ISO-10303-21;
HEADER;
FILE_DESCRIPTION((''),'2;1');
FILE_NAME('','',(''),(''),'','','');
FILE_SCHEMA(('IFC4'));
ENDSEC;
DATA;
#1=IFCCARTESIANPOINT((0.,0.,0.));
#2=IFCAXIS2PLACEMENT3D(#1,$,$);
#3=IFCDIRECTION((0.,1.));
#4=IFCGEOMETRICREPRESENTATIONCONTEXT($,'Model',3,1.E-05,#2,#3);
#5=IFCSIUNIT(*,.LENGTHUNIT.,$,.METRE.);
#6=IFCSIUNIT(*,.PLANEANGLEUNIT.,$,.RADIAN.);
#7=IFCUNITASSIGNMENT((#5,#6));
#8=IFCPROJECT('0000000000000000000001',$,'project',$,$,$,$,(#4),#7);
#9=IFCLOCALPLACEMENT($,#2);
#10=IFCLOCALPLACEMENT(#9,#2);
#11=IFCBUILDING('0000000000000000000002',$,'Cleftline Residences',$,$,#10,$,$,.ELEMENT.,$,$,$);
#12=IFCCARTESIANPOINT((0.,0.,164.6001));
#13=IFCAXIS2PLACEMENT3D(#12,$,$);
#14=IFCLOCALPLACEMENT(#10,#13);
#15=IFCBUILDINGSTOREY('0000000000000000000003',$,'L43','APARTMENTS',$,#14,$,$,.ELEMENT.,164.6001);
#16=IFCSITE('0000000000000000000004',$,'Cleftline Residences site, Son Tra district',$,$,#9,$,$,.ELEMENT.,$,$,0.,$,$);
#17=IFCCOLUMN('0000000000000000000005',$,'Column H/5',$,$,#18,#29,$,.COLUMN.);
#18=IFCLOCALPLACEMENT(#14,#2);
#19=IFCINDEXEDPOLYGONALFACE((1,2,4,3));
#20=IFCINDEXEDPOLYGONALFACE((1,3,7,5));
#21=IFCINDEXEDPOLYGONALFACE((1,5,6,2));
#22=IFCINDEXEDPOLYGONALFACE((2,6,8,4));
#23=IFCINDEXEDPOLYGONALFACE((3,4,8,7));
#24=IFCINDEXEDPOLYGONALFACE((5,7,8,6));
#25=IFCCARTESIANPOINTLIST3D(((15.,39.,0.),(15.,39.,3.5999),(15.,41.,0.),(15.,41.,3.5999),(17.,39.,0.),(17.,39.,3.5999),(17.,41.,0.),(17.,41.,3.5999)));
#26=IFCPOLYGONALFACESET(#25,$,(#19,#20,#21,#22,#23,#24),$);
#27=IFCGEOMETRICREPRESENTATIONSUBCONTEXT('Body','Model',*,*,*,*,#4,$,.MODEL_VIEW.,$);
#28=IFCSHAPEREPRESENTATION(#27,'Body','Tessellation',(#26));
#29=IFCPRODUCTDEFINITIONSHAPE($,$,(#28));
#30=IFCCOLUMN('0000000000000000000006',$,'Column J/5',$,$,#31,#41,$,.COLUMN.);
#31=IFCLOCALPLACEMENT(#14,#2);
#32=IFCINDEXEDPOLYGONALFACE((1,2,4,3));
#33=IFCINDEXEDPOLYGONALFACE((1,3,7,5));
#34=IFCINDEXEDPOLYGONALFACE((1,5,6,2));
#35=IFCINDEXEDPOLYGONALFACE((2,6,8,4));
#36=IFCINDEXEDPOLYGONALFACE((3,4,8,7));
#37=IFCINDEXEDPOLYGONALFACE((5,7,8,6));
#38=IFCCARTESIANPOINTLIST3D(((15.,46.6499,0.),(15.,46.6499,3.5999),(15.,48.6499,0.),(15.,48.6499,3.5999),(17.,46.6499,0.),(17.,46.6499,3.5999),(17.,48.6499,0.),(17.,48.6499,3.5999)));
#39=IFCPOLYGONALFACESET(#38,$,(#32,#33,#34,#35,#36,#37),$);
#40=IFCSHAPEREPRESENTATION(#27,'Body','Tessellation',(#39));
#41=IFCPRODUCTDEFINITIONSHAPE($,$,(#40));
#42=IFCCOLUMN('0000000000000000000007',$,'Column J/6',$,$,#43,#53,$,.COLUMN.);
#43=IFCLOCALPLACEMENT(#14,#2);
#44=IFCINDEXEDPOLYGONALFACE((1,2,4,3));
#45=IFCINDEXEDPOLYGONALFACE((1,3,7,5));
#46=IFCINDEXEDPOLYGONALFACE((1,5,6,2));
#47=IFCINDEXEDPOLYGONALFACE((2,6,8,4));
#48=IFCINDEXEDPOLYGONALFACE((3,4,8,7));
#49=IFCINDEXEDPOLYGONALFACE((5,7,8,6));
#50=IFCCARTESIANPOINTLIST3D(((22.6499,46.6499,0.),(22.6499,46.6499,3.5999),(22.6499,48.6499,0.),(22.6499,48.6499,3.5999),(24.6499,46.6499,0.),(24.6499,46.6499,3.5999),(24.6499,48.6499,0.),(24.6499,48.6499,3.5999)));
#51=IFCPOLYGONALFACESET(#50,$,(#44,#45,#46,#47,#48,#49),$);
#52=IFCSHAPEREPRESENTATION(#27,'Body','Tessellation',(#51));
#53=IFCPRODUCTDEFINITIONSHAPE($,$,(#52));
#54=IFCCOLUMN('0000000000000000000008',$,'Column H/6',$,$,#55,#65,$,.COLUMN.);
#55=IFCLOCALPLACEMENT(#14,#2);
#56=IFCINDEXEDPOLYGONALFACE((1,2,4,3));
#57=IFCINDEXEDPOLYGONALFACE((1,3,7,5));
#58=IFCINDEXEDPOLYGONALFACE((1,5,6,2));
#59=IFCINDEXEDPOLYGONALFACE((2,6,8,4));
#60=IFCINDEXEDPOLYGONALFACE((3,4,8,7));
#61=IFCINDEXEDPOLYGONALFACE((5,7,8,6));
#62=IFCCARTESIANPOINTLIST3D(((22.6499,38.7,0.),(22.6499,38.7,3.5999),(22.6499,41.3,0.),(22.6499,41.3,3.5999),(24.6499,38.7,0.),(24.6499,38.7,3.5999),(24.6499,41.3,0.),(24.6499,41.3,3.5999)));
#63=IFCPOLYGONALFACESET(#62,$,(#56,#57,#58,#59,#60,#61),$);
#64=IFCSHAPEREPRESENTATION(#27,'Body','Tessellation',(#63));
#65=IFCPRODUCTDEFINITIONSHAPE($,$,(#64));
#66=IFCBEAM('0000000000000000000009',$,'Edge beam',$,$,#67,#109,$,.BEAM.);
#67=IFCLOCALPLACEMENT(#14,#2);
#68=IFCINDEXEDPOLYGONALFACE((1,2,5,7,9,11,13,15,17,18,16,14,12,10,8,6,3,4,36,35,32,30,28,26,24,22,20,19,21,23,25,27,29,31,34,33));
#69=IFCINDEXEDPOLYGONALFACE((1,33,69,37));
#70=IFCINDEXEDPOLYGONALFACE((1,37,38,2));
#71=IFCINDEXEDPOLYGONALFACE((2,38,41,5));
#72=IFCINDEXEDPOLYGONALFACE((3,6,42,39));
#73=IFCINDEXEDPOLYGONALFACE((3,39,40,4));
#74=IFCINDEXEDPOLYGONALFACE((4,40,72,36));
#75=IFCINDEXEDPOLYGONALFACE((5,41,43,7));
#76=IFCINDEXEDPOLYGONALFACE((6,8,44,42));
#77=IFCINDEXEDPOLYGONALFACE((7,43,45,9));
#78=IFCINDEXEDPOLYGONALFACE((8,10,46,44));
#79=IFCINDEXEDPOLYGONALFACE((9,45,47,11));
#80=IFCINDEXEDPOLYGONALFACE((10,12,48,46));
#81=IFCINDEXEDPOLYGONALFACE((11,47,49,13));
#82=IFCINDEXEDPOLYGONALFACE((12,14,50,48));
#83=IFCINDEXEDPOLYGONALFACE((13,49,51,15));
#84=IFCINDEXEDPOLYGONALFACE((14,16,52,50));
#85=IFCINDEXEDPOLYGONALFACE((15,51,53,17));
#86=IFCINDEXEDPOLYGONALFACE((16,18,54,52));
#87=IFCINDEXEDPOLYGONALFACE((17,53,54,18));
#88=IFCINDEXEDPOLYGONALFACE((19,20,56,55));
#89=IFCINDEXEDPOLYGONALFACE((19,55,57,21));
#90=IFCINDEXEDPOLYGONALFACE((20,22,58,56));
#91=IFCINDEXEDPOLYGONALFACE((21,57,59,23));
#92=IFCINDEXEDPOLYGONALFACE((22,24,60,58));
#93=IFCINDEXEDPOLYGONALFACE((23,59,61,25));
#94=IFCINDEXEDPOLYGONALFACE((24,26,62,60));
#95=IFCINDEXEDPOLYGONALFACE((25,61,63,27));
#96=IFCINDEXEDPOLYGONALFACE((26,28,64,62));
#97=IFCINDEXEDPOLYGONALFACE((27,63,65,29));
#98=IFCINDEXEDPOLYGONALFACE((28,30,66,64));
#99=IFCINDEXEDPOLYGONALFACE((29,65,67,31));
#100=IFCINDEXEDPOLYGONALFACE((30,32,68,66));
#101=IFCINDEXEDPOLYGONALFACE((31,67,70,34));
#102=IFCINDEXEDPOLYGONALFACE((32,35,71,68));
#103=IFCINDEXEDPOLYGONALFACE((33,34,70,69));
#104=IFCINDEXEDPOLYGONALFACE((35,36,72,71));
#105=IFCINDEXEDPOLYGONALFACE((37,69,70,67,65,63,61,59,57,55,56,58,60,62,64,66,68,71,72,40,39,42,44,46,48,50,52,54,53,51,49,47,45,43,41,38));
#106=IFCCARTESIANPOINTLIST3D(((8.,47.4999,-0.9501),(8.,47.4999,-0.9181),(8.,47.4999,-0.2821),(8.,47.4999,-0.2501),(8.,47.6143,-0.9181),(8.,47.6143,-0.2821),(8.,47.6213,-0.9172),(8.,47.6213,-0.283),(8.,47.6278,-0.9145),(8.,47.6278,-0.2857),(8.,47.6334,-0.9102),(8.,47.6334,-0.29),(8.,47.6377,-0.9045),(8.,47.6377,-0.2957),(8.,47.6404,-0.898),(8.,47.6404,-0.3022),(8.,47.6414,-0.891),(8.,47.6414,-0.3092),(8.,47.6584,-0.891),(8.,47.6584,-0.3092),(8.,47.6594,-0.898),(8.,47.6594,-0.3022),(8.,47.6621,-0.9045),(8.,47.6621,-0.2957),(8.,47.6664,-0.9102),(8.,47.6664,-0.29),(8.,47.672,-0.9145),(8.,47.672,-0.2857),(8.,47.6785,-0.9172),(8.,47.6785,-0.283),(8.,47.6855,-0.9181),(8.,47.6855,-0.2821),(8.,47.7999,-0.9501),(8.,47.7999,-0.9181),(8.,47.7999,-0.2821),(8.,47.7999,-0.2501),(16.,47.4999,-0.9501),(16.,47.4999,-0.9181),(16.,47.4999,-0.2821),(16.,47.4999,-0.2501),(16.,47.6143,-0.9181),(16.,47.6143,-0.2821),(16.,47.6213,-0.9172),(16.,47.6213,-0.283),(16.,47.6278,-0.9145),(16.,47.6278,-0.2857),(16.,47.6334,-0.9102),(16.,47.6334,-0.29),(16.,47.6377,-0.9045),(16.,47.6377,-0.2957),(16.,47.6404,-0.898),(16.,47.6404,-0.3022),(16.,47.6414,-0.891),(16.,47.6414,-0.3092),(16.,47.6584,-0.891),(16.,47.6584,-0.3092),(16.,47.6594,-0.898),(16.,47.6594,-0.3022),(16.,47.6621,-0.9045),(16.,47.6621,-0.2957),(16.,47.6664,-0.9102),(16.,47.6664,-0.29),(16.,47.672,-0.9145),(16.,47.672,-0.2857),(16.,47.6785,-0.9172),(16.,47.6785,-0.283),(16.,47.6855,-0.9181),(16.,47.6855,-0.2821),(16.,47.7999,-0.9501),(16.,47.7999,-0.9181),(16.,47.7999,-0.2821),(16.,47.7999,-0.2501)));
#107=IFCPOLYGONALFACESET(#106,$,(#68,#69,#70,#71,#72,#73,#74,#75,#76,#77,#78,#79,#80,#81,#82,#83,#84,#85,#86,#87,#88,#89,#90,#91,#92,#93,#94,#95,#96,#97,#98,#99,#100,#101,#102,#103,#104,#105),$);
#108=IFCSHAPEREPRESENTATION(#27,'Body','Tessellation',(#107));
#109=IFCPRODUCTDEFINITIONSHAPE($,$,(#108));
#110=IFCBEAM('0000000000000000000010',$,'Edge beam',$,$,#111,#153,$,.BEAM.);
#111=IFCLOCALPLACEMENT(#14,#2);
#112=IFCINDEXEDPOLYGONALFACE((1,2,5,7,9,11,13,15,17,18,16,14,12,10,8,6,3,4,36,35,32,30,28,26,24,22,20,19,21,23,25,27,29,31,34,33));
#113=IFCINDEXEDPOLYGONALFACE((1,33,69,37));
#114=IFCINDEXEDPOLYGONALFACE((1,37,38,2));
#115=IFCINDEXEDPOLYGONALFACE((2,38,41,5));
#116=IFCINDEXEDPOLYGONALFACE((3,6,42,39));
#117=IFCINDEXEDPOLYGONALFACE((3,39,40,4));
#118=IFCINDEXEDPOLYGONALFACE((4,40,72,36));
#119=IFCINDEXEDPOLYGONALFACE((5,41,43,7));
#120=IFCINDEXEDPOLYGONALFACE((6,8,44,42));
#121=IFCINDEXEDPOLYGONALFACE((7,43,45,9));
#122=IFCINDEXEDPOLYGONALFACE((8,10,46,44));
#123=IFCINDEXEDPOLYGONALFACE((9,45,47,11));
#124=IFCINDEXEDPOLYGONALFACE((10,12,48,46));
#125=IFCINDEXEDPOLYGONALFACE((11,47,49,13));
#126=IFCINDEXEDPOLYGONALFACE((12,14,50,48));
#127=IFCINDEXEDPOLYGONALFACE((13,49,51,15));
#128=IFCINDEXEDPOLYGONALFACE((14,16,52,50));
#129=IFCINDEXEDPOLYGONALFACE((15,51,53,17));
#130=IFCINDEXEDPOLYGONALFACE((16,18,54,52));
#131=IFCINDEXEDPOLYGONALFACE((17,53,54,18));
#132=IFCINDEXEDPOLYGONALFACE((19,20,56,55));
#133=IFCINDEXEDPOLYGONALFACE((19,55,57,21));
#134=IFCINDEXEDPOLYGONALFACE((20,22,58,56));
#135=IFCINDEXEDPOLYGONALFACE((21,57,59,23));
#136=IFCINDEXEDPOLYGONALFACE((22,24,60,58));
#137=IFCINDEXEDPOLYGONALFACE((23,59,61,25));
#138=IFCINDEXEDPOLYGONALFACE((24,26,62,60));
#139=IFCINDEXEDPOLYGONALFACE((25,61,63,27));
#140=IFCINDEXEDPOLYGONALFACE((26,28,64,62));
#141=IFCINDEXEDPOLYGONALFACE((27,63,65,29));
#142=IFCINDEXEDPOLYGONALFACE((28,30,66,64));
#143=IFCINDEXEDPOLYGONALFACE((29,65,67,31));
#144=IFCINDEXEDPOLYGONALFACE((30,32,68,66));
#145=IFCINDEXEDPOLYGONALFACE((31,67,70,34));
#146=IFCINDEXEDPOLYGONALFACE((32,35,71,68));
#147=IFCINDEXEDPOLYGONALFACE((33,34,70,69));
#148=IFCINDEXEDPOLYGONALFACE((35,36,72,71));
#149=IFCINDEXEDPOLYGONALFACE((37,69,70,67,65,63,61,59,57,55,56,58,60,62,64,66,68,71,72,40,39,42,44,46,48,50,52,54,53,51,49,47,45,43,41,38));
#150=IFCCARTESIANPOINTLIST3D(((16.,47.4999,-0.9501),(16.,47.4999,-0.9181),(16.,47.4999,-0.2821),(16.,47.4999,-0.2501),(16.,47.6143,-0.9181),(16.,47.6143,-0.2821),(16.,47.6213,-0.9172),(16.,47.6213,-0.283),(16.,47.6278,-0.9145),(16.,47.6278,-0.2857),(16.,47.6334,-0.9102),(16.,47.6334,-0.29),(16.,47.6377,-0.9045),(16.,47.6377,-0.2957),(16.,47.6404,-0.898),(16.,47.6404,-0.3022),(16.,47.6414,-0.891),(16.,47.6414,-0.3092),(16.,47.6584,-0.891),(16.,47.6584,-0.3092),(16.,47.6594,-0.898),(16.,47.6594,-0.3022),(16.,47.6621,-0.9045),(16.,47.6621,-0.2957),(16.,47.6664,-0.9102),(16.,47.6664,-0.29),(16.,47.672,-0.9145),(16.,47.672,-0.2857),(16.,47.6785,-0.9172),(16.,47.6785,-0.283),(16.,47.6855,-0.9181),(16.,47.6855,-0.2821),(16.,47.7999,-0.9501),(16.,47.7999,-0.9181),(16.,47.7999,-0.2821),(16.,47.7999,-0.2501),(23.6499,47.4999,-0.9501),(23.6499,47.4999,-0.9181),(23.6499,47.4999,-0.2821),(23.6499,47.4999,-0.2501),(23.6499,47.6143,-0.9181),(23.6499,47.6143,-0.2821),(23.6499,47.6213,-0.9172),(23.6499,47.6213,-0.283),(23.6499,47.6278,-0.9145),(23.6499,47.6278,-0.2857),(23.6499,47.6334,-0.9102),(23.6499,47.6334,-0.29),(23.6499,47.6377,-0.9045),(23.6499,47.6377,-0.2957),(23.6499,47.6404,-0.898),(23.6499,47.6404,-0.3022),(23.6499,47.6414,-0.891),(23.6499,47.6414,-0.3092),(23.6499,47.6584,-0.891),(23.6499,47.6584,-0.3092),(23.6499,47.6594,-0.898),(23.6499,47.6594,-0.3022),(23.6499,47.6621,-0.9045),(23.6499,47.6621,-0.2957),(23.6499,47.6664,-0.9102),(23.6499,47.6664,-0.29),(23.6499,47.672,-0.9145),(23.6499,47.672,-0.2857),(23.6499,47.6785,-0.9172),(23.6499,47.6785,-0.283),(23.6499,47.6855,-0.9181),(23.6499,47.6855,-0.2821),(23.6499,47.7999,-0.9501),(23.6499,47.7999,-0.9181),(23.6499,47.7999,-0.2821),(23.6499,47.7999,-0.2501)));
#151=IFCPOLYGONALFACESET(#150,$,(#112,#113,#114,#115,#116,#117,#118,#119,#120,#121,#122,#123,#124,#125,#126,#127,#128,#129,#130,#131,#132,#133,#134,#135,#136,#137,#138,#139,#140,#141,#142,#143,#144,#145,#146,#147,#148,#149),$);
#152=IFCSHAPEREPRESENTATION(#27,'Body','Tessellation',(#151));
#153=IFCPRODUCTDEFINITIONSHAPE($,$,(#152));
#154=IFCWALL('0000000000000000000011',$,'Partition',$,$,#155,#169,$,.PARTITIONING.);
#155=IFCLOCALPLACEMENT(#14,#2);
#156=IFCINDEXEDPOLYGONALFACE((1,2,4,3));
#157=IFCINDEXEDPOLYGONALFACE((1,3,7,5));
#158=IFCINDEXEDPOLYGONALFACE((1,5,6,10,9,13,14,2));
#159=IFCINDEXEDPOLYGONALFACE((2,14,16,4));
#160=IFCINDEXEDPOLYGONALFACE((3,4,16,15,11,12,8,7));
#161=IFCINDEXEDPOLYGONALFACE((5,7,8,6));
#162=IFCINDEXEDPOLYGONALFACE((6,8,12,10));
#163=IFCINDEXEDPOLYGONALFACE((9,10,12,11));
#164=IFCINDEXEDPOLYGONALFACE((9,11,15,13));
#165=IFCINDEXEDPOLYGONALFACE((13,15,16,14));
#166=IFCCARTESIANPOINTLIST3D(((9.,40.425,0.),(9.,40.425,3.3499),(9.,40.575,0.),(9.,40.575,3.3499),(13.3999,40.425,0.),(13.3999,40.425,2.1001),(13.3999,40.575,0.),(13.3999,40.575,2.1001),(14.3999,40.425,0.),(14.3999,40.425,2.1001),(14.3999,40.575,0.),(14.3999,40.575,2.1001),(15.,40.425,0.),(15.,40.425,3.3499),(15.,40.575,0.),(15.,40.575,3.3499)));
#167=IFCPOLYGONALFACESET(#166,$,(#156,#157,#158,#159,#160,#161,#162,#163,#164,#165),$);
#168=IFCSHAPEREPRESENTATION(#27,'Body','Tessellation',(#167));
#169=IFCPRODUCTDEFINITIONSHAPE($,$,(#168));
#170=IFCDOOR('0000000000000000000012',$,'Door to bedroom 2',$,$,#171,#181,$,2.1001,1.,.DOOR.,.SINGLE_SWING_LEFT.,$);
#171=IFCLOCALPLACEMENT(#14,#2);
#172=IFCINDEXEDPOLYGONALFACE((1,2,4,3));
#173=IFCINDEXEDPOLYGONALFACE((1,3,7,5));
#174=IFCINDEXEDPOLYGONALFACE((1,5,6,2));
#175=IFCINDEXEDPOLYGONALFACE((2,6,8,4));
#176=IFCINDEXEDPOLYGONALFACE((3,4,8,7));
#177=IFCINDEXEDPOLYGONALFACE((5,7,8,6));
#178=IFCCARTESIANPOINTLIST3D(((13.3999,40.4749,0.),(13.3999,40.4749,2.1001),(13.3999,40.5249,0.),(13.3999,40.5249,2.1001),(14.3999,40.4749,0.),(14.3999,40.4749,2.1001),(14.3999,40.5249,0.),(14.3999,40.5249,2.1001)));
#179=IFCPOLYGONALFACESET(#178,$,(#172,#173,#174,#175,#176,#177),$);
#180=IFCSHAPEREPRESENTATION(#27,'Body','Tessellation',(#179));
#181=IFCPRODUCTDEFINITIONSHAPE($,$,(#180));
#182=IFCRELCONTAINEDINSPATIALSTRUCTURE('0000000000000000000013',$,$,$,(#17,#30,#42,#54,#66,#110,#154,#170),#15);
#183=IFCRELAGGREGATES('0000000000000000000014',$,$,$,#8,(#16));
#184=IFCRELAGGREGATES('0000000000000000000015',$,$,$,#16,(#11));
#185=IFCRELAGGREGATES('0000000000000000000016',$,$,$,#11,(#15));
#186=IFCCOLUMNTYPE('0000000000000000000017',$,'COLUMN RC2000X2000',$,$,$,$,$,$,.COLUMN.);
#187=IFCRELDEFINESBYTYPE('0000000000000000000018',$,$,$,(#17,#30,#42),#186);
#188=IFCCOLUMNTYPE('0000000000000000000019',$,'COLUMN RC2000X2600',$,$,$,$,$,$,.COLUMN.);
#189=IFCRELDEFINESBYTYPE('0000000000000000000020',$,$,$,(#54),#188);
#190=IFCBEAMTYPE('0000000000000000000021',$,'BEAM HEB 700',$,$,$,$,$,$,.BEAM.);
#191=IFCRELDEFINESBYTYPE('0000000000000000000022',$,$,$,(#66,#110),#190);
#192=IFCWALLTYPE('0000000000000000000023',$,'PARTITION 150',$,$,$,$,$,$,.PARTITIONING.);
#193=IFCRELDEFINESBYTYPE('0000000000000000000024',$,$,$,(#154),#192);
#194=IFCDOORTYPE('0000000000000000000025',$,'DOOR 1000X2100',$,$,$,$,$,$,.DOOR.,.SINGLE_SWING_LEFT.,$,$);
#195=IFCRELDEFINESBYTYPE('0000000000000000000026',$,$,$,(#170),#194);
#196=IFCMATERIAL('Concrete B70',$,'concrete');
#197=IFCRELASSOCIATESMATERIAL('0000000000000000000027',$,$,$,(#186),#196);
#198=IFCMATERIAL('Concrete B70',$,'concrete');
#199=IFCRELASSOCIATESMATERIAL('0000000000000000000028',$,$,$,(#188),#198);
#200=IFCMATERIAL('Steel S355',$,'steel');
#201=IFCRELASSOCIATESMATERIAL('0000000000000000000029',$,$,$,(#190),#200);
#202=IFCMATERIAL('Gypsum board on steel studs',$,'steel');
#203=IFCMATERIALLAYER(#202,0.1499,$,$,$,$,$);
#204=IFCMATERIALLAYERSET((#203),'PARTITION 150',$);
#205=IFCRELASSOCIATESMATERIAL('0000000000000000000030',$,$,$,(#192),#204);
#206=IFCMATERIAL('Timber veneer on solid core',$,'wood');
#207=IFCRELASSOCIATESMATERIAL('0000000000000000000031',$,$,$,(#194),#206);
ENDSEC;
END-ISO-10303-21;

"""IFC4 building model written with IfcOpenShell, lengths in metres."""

from ifc_helpers import new_model, si_unit, direction, frame, frame_2d, origin, origin_2d, place, context, subcontext, project, spatial, rectangle, i_section, extrude, material, layer, layer_set, material_profile, profile_set, type_object, element, fill, save


model = new_model("IFC4")

# Units and contexts
model_context = context("Model", 3, precision=1e-05, world=origin(), true_north=direction((0.0, 1.0)))
body_context = subcontext(model_context, "Body", "Model", "MODEL_VIEW")
ifc_project = project(units=[si_unit("LENGTHUNIT", "METRE"), si_unit("PLANEANGLEUNIT", "RADIAN")], contexts=[model_context])

# Site, building, storey
site_placement = place(None, origin())
site = spatial("IfcSite", under=ifc_project, at=site_placement, Name="Cleftline Residences site, Son Tra district", CompositionType="ELEMENT", RefElevation=0.0)
building_placement = place(site_placement, origin())
building = spatial("IfcBuilding", under=site, at=building_placement, Name="Cleftline Residences", CompositionType="ELEMENT")
storey_placement = place(building_placement, frame((0.0, 0.0, 164.6001)))
storey = spatial("IfcBuildingStorey", under=building, at=storey_placement, Name="L43", Description="APARTMENTS", CompositionType="ELEMENT", Elevation=164.6001)

# Columns
ifc_material_1 = material(Name="Concrete B70", Category="concrete")
ifc_material_profile_1 = material_profile(ifc_material_1, rectangle(XDim=2.0, YDim=2.0, at=origin_2d()))
ifc_profile_set_1 = profile_set([ifc_material_profile_1], Name="Concrete B70")
column_type_1 = type_object("IfcColumnType", Name="COLUMN RC2000X2000", PredefinedType="COLUMN", material=ifc_profile_set_1)
for number, where, z_axis, x_axis, name in (
    (1, (16.0, 40.0, 0.0), (0.0, 0.0, 1.0), (1.0, 0.0, 0.0), "Column H/5"),
    (2, (16.0, 47.6499, 0.0), (0.0, 0.0, 1.0), (1.0, 0.0, 0.0), "Column J/5"),
    (3, (23.6499, 47.6499, 0.0), (0.0, 0.0, 1.0), (1.0, 0.0, 0.0), "Column J/6"),
):
    element("IfcColumn", number, at=place(storey_placement, frame(where, z_axis=z_axis, x_axis=x_axis)), inside=storey, type_object=column_type_1, Name=name, PredefinedType="COLUMN", context=body_context, shape_type="SweptSolid", body=[
        extrude(rectangle(XDim=2.0, YDim=2.0, at=origin_2d()), origin(), (0.0, 0.0, 1.0), 3.5999),
    ])
ifc_material_2 = material(Name="Concrete B70", Category="concrete")
ifc_material_profile_2 = material_profile(ifc_material_2, rectangle(XDim=2.0, YDim=2.6001, at=origin_2d()))
ifc_profile_set_2 = profile_set([ifc_material_profile_2], Name="Concrete B70")
column_type_2 = type_object("IfcColumnType", Name="COLUMN RC2000X2600", PredefinedType="COLUMN", material=ifc_profile_set_2)
column_placement = place(storey_placement, frame((23.6499, 40.0, 0.0), z_axis=(0.0, 0.0, 1.0), x_axis=(1.0, 0.0, 0.0)))
element("IfcColumn", 4, at=column_placement, inside=storey, type_object=column_type_2, Name="Column H/6", PredefinedType="COLUMN", context=body_context, shape_type="SweptSolid", body=[
    extrude(rectangle(XDim=2.0, YDim=2.6001, at=origin_2d()), origin(), (0.0, 0.0, 1.0), 3.5999),
])

# Beams
ifc_material_3 = material(Name="Steel S355", Category="steel")
ifc_material_profile_3 = material_profile(ifc_material_3, i_section(OverallWidth=0.3, OverallDepth=0.7, WebThickness=0.0171, FlangeThickness=0.032, FilletRadius=0.0271, at=origin_2d()))
ifc_profile_set_3 = profile_set([ifc_material_profile_3], Name="Steel S355")
beam_type = type_object("IfcBeamType", Name="BEAM HEB 700", PredefinedType="BEAM", material=ifc_profile_set_3)
beam_1_placement = place(storey_placement, frame((8.0, 47.6499, -0.6001), z_axis=(1.0, 0.0, 0.0), x_axis=(0.0, 1.0, 0.0)))
element("IfcBeam", 5, at=beam_1_placement, inside=storey, type_object=beam_type, Name="Edge beam", PredefinedType="BEAM", context=body_context, shape_type="SweptSolid", body=[
    extrude(i_section(OverallWidth=0.3, OverallDepth=0.7, WebThickness=0.0171, FlangeThickness=0.032, FilletRadius=0.0271, at=origin_2d()), origin(), (0.0, 0.0, 1.0), 8.0),
])
beam_2_placement = place(storey_placement, frame((16.0, 47.6499, -0.6001), z_axis=(1.0, 0.0, 0.0), x_axis=(0.0, 1.0, 0.0)))
element("IfcBeam", 6, at=beam_2_placement, inside=storey, type_object=beam_type, Name="Edge beam", PredefinedType="BEAM", context=body_context, shape_type="SweptSolid", body=[
    extrude(i_section(OverallWidth=0.3, OverallDepth=0.7, WebThickness=0.0171, FlangeThickness=0.032, FilletRadius=0.0271, at=origin_2d()), origin(), (0.0, 0.0, 1.0), 7.6499),
])

# Wall, opening, door
ifc_material_4 = material(Name="Gypsum board on steel studs", Category="steel")
ifc_layer = layer(ifc_material_4, 0.1499)
ifc_layer_set = layer_set([ifc_layer], Name="PARTITION 150")
wall_type = type_object("IfcWallType", Name="PARTITION 150", PredefinedType="PARTITIONING", material=ifc_layer_set)
wall_1_placement = place(storey_placement, frame((9.0, 40.5, 0.0), z_axis=(0.0, 0.0, 1.0), x_axis=(1.0, 0.0, 0.0)))
wall_1 = element("IfcWall", 7, at=wall_1_placement, inside=storey, type_object=wall_type, Name="Partition", PredefinedType="PARTITIONING", context=body_context, shape_type="SweptSolid", body=[
    extrude(rectangle(XDim=6.0, YDim=0.1499, at=frame_2d((3.0, 0.0))), origin(), (0.0, 0.0, 1.0), 3.3499),
])
opening_1_placement = place(wall_1_placement, frame((4.3999, 0.0, 0.0)))
opening_1 = element("IfcOpeningElement", 8, at=opening_1_placement, cuts=wall_1, PredefinedType="OPENING", context=body_context, shape_type="SweptSolid", body=[
    extrude(rectangle(XDim=1.0, YDim=2.1001, at=frame_2d((0.5, 1.05))), frame((0.0, 0.085, 0.0), z_axis=(0.0, -1.0, 0.0), x_axis=(1.0, 0.0, 0.0)), (0.0, 0.0, 1.0), 0.1699),
])
ifc_material_5 = material(Name="Timber veneer on solid core", Category="wood")
door_type_1 = type_object("IfcDoorType", Name="DOOR 1000X2100", OperationType="SINGLE_SWING_LEFT", PredefinedType="DOOR", material=ifc_material_5)
door_1_placement = place(opening_1_placement, origin())
door_1 = element("IfcDoor", 9, at=door_1_placement, inside=storey, type_object=door_type_1, Name="Door to bedroom 2", OperationType="SINGLE_SWING_LEFT", OverallHeight=2.1001, OverallWidth=1.0, PredefinedType="DOOR", context=body_context, shape_type="SweptSolid", body=[
    extrude(rectangle(XDim=1.0, YDim=2.1001, at=frame_2d((0.5, 1.05))), frame((0.0, 0.0249, 0.0), z_axis=(0.0, -1.0, 0.0), x_axis=(1.0, 0.0, 0.0)), (0.0, 0.0, 1.0), 0.05),
])
fill(opening_1, door_1)

save(model, "model.ifc")
